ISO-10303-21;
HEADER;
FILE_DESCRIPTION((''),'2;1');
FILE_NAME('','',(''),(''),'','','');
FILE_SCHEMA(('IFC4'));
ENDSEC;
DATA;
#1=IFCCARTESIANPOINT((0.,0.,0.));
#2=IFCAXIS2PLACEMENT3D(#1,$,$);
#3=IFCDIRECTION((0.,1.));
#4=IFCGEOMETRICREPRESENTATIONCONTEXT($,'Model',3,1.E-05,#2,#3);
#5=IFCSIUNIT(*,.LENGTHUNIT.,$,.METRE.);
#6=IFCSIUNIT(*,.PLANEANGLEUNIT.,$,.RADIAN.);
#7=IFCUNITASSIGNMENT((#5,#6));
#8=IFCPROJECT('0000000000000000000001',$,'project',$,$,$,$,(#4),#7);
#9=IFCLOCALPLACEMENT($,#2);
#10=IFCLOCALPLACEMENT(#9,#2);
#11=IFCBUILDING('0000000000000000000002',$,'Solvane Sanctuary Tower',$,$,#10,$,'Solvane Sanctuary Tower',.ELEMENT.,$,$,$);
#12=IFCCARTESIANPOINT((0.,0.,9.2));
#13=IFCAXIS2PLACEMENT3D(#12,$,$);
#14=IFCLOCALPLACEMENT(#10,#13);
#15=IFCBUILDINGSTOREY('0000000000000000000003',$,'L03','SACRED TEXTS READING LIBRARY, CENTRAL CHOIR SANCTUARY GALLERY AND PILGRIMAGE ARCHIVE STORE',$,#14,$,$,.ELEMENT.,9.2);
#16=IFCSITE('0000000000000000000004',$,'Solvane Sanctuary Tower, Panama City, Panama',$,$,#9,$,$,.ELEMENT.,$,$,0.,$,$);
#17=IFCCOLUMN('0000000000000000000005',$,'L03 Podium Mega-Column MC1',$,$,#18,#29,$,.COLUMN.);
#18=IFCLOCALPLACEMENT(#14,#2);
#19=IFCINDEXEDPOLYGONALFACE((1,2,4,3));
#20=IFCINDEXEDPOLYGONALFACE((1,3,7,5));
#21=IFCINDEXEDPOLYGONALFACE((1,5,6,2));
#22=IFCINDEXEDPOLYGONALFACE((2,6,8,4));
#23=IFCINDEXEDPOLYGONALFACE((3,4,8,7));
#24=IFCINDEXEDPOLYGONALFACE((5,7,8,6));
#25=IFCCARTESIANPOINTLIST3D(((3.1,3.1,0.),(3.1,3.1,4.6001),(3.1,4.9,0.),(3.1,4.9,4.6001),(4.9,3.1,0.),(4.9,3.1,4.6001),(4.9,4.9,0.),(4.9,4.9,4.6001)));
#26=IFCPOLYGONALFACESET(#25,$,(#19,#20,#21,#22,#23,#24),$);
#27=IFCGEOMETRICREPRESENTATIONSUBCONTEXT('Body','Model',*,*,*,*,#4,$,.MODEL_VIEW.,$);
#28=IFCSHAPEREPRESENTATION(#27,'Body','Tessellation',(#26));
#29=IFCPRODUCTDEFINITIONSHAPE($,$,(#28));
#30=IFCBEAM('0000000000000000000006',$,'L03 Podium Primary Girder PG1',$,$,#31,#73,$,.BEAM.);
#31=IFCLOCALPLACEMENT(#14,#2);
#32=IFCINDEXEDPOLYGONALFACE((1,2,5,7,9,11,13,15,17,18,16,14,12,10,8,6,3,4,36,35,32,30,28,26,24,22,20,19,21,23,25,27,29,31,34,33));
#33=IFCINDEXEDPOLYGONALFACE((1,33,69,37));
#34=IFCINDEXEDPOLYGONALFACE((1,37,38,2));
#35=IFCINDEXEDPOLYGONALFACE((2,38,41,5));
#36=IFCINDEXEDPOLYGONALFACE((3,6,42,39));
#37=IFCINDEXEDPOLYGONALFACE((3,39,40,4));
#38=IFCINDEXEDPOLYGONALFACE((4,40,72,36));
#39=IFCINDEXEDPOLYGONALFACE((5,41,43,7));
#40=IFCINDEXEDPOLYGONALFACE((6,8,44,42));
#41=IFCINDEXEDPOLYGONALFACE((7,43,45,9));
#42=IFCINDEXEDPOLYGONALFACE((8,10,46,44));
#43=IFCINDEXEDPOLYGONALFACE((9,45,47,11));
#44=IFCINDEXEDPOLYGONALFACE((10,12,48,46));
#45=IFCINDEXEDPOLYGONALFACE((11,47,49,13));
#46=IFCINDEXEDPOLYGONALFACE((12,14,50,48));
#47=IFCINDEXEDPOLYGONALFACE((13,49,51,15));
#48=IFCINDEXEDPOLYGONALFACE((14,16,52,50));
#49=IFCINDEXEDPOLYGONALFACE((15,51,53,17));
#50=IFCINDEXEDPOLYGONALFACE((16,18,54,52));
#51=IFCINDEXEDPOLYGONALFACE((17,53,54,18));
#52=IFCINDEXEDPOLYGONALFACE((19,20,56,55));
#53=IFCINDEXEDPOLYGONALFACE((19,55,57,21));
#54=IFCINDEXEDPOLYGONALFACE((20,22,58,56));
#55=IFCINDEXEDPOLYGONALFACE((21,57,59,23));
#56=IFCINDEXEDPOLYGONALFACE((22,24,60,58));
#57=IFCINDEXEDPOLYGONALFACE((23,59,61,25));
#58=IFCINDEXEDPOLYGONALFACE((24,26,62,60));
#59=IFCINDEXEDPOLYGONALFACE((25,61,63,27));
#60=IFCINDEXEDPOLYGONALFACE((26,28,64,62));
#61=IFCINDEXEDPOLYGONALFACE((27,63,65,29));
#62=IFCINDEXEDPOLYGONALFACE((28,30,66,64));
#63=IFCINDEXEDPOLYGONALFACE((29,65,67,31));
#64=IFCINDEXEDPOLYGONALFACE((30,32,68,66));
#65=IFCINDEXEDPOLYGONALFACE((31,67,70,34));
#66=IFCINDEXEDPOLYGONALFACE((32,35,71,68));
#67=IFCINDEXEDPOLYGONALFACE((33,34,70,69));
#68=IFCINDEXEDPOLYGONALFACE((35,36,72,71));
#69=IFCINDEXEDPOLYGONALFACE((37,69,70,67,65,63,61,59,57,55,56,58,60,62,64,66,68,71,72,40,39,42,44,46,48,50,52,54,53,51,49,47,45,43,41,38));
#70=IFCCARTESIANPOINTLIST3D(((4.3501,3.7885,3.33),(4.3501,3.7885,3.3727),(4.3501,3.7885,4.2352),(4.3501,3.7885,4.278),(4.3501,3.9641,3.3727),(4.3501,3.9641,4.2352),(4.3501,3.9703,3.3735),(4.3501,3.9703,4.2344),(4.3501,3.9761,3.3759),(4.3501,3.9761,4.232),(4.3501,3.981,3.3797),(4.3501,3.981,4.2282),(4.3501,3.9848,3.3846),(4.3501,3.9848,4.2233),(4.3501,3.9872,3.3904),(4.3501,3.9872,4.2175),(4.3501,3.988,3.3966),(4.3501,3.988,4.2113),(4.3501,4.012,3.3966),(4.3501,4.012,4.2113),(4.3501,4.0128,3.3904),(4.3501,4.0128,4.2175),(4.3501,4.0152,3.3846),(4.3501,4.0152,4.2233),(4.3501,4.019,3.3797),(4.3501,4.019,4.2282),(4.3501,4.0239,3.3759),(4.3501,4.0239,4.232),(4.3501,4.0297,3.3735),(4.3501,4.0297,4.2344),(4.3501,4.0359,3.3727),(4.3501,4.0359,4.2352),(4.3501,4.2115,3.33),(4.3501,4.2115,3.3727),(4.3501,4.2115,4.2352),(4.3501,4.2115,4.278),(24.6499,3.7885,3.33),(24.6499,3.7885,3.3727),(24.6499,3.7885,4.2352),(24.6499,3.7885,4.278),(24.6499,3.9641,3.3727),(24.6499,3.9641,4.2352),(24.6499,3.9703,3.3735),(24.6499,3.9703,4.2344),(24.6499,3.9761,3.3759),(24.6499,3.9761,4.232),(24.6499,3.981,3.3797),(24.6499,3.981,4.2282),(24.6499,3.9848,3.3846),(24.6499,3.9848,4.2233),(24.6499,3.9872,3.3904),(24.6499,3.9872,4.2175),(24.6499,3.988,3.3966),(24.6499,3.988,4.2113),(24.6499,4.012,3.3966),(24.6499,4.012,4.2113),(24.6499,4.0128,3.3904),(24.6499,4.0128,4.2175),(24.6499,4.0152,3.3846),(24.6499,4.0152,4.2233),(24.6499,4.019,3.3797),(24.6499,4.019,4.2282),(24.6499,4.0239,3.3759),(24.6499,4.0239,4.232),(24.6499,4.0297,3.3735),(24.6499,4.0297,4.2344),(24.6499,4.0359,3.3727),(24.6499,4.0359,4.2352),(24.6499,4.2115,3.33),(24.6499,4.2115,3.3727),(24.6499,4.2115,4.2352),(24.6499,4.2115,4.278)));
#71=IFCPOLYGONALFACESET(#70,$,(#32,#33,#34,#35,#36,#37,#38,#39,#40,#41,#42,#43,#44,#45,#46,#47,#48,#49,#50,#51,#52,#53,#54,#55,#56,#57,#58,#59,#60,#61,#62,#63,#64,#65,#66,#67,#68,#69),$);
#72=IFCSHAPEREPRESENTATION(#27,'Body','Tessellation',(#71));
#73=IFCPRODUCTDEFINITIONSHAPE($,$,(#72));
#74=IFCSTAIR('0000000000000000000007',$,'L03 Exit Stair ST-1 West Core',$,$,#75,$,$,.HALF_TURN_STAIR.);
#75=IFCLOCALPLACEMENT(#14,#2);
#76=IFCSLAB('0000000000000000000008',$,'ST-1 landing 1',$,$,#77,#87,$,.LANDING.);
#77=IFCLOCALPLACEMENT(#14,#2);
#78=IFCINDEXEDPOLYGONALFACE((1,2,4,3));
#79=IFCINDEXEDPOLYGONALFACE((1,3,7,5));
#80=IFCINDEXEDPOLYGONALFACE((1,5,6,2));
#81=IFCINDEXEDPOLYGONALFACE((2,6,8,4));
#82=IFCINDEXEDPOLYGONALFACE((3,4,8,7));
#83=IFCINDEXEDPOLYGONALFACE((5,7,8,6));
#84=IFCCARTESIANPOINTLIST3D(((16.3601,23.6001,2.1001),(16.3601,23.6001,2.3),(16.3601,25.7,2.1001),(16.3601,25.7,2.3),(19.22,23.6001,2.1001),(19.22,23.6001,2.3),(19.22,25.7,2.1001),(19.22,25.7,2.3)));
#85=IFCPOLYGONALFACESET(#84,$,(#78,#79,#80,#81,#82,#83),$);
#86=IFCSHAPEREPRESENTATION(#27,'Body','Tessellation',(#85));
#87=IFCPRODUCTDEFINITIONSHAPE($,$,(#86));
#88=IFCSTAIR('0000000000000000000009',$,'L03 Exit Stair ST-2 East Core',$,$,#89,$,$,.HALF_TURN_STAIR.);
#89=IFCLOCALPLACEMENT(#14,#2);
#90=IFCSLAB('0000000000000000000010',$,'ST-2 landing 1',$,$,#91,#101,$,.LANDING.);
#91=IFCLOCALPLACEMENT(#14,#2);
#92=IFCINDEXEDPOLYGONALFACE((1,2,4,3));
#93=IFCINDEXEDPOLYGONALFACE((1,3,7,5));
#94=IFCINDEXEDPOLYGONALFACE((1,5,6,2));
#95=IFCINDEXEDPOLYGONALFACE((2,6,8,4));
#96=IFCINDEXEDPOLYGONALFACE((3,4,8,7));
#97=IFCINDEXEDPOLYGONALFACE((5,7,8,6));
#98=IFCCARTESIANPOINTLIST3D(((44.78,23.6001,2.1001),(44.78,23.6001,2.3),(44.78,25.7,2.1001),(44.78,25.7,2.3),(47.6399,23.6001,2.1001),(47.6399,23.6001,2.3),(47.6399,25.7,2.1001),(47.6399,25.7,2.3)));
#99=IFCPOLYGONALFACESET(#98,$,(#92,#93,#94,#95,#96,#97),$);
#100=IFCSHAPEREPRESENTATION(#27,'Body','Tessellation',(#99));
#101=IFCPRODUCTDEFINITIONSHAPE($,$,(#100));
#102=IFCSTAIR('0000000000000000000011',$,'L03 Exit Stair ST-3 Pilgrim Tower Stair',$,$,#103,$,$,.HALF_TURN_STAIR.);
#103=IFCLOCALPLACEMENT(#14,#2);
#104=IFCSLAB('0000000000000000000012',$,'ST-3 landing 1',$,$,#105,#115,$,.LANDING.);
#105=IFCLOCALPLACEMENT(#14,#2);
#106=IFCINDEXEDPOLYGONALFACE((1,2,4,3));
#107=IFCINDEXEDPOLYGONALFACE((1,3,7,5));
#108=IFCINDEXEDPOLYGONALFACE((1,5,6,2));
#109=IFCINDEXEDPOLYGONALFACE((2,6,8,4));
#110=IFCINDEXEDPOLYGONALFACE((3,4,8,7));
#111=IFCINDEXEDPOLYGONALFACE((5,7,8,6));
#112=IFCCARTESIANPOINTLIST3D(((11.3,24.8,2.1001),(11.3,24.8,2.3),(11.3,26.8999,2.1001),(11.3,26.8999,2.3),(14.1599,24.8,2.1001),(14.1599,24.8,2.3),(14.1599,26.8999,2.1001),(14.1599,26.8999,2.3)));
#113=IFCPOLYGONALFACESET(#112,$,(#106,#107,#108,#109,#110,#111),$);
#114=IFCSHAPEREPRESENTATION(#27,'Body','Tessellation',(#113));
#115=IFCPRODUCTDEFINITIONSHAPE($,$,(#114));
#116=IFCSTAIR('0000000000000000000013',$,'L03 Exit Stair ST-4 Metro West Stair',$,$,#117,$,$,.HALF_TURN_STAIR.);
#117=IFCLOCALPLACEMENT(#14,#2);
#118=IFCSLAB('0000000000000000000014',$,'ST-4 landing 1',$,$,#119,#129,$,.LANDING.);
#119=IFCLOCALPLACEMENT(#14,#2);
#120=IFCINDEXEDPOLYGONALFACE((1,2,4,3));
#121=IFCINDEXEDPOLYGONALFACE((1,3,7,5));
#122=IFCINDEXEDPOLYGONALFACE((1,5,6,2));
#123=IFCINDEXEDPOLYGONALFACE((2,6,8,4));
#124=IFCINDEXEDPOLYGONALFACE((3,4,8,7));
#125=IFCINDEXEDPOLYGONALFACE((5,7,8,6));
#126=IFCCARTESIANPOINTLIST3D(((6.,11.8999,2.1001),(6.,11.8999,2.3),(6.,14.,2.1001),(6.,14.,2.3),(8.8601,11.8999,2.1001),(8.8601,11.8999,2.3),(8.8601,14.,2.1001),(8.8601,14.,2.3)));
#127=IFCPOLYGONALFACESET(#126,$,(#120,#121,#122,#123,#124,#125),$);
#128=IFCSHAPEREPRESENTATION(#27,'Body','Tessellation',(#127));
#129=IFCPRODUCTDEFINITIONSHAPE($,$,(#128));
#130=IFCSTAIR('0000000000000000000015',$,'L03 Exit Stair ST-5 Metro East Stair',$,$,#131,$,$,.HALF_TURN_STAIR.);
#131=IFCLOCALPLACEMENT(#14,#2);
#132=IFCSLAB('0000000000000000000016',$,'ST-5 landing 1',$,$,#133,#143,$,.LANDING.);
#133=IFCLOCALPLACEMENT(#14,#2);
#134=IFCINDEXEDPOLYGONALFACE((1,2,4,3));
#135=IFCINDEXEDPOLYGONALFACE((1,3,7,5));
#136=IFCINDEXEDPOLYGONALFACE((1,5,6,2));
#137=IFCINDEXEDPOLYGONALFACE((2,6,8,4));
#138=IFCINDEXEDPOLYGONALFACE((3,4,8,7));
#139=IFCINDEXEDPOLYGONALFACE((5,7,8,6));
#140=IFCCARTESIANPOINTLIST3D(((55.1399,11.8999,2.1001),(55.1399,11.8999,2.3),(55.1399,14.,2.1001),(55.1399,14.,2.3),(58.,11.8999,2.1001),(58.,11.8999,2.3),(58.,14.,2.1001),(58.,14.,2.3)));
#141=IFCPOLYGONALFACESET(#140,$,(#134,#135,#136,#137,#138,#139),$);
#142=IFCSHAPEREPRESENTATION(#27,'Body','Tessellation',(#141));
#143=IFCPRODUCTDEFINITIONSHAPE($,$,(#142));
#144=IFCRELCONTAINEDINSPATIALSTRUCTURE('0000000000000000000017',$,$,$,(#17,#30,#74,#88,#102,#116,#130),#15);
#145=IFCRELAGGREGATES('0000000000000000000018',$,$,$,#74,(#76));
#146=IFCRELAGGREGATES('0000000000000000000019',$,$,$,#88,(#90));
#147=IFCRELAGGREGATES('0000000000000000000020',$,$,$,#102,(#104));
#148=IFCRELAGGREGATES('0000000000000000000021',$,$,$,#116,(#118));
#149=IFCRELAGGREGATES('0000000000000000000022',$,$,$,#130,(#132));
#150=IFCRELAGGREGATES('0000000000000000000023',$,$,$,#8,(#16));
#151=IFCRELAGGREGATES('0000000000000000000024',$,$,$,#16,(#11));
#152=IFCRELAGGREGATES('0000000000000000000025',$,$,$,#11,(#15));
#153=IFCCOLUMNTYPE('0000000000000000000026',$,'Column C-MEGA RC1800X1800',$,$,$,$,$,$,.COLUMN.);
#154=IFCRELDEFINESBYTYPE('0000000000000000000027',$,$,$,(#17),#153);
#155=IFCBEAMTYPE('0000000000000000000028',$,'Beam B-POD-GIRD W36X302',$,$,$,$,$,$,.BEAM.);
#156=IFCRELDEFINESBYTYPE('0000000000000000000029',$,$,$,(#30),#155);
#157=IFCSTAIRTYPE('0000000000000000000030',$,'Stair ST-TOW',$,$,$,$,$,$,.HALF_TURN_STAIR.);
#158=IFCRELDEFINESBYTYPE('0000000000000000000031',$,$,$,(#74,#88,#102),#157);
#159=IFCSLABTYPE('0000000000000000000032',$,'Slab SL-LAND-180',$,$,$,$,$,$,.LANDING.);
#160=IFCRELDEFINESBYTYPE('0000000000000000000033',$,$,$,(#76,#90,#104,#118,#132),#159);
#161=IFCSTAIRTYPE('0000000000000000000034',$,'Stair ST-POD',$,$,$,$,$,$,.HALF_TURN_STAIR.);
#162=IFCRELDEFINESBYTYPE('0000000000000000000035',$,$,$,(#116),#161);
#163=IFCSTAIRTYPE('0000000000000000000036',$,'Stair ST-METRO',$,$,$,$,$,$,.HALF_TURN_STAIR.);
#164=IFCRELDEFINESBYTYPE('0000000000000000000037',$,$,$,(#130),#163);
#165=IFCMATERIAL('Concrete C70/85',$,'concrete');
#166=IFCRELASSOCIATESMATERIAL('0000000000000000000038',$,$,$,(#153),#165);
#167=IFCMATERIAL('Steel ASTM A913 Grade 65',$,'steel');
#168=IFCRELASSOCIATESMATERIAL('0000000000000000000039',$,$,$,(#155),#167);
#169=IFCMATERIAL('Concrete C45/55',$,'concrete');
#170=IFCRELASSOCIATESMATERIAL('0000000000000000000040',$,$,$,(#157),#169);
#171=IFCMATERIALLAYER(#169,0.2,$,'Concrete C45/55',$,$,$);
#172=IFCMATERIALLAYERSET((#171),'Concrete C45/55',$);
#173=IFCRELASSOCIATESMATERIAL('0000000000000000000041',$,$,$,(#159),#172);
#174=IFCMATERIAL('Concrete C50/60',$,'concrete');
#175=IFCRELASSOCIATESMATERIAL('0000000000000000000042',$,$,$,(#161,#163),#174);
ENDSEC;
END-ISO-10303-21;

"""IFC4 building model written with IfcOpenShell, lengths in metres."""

from ifc_helpers import new_model, si_unit, direction, frame, origin, origin_2d, place, context, subcontext, project, spatial, polyline, rectangle, i_section, outline, extrude, material, layer, layer_set, material_profile, profile_set, type_object, element, aggregate, save


model = new_model("IFC4")

# Units and contexts
model_context = context("Model", 3, precision=1e-05, world=origin(), true_north=direction((0.0, 1.0)))
body_context = subcontext(model_context, "Body", "Model", "MODEL_VIEW")
ifc_project = project(units=[si_unit("LENGTHUNIT", "METRE"), si_unit("PLANEANGLEUNIT", "RADIAN")], contexts=[model_context])

# Site, building, storey
site_placement = place(None, origin())
site = spatial("IfcSite", under=ifc_project, at=site_placement, Name="Solvane Sanctuary Tower, Panama City, Panama", CompositionType="ELEMENT", RefElevation=0.0)
building_placement = place(site_placement, origin())
building = spatial("IfcBuilding", under=site, at=building_placement, Name="Solvane Sanctuary Tower", LongName="Solvane Sanctuary Tower", CompositionType="ELEMENT")
storey_placement = place(building_placement, frame((0.0, 0.0, 9.2)))
storey = spatial("IfcBuildingStorey", under=building, at=storey_placement, Name="L03", Description="SACRED TEXTS READING LIBRARY, CENTRAL CHOIR SANCTUARY GALLERY AND PILGRIMAGE ARCHIVE STORE", CompositionType="ELEMENT", Elevation=9.2)

# Column
ifc_material_1 = material(Name="Concrete C70/85", Category="concrete")
ifc_material_profile_1 = material_profile(ifc_material_1, rectangle(XDim=1.8, YDim=1.8, at=origin_2d()), Name="RC1800X1800")
ifc_profile_set_1 = profile_set([ifc_material_profile_1], Name="Concrete C70/85")
column_type = type_object("IfcColumnType", Name="Column C-MEGA RC1800X1800", PredefinedType="COLUMN", material=ifc_profile_set_1)
column_placement = place(storey_placement, frame((4.0, 4.0, 0.0), z_axis=(0.0, 0.0, 1.0), x_axis=(1.0, 0.0, 0.0)))
element("IfcColumn", 1, at=column_placement, inside=storey, type_object=column_type, Name="L03 Podium Mega-Column MC1", PredefinedType="COLUMN", context=body_context, shape_type="SweptSolid", body=[
    extrude(rectangle(XDim=1.8, YDim=1.8, at=origin_2d()), origin(), (0.0, 0.0, 1.0), 4.6001),
])

# Beam
ifc_material_2 = material(Name="Steel ASTM A913 Grade 65", Category="steel")
ifc_material_profile_2 = material_profile(ifc_material_2, i_section(OverallWidth=0.4231, OverallDepth=0.948, WebThickness=0.0239, FlangeThickness=0.0427, FilletRadius=0.0239, at=origin_2d()), Name="W36X302")
ifc_profile_set_2 = profile_set([ifc_material_profile_2], Name="Steel ASTM A913 Grade 65")
beam_type = type_object("IfcBeamType", Name="Beam B-POD-GIRD W36X302", PredefinedType="BEAM", material=ifc_profile_set_2)
beam_placement = place(storey_placement, frame((4.3501, 4.0, 3.804), z_axis=(1.0, 0.0, 0.0), x_axis=(0.0, 1.0, 0.0)))
element("IfcBeam", 2, at=beam_placement, inside=storey, type_object=beam_type, Name="L03 Podium Primary Girder PG1", PredefinedType="BEAM", context=body_context, shape_type="SweptSolid", body=[
    extrude(i_section(OverallWidth=0.4231, OverallDepth=0.948, WebThickness=0.0239, FlangeThickness=0.0427, FilletRadius=0.0239, at=origin_2d()), origin(), (0.0, 0.0, 1.0), 20.2998),
])

# Stairs, slabs
ifc_material_3 = material(Name="Concrete C45/55", Category="concrete")
stair_type_1 = type_object("IfcStairType", Name="Stair ST-TOW", PredefinedType="HALF_TURN_STAIR", material=ifc_material_3)
stair_1_placement = place(storey_placement, origin())
stair_1 = element("IfcStair", 3, at=stair_1_placement, inside=storey, type_object=stair_type_1, Name="L03 Exit Stair ST-1 West Core", PredefinedType="HALF_TURN_STAIR")
ifc_layer_1 = layer(ifc_material_3, 0.2, Name="Concrete C45/55")
ifc_layer_set_1 = layer_set([ifc_layer_1], Name="Concrete C45/55")
slab_type_1 = type_object("IfcSlabType", Name="Slab SL-LAND-180", PredefinedType="LANDING", material=ifc_layer_set_1)
slab_1_placement = place(storey_placement, frame((0.0, 0.0, 2.1001)))
slab_1 = element("IfcSlab", 4, at=slab_1_placement, type_object=slab_type_1, Name="ST-1 landing 1", PredefinedType="LANDING", context=body_context, shape_type="SweptSolid", body=[
    extrude(outline(polyline([(19.22, 23.6001), (19.22, 25.7), (16.3601, 25.7), (16.3601, 23.6001), (19.22, 23.6001)])), origin(), (0.0, 0.0, 1.0), 0.2),
])
aggregate(stair_1, [slab_1])
stair_2_placement = place(storey_placement, origin())
stair_2 = element("IfcStair", 5, at=stair_2_placement, inside=storey, type_object=stair_type_1, Name="L03 Exit Stair ST-2 East Core", PredefinedType="HALF_TURN_STAIR")
slab_2_placement = place(storey_placement, frame((0.0, 0.0, 2.1001)))
slab_2 = element("IfcSlab", 6, at=slab_2_placement, type_object=slab_type_1, Name="ST-2 landing 1", PredefinedType="LANDING", context=body_context, shape_type="SweptSolid", body=[
    extrude(outline(polyline([(47.6399, 23.6001), (47.6399, 25.7), (44.78, 25.7), (44.78, 23.6001), (47.6399, 23.6001)])), origin(), (0.0, 0.0, 1.0), 0.2),
])
aggregate(stair_2, [slab_2])
stair_3_placement = place(storey_placement, origin())
stair_3 = element("IfcStair", 7, at=stair_3_placement, inside=storey, type_object=stair_type_1, Name="L03 Exit Stair ST-3 Pilgrim Tower Stair", PredefinedType="HALF_TURN_STAIR")
slab_3_placement = place(storey_placement, frame((0.0, 0.0, 2.1001)))
slab_3 = element("IfcSlab", 8, at=slab_3_placement, type_object=slab_type_1, Name="ST-3 landing 1", PredefinedType="LANDING", context=body_context, shape_type="SweptSolid", body=[
    extrude(outline(polyline([(14.1599, 24.8), (14.1599, 26.8999), (11.3, 26.8999), (11.3, 24.8), (14.1599, 24.8)])), origin(), (0.0, 0.0, 1.0), 0.2),
])
aggregate(stair_3, [slab_3])
ifc_material_4 = material(Name="Concrete C50/60", Category="concrete")
stair_type_2 = type_object("IfcStairType", Name="Stair ST-POD", PredefinedType="HALF_TURN_STAIR", material=ifc_material_4)
stair_4_placement = place(storey_placement, origin())
stair_4 = element("IfcStair", 9, at=stair_4_placement, inside=storey, type_object=stair_type_2, Name="L03 Exit Stair ST-4 Metro West Stair", PredefinedType="HALF_TURN_STAIR")
slab_4_placement = place(storey_placement, frame((0.0, 0.0, 2.1001)))
slab_4 = element("IfcSlab", 10, at=slab_4_placement, type_object=slab_type_1, Name="ST-4 landing 1", PredefinedType="LANDING", context=body_context, shape_type="SweptSolid", body=[
    extrude(outline(polyline([(8.8601, 11.8999), (8.8601, 14.0), (6.0, 14.0), (6.0, 11.8999), (8.8601, 11.8999)])), origin(), (0.0, 0.0, 1.0), 0.2),
])
aggregate(stair_4, [slab_4])
stair_type_3 = type_object("IfcStairType", Name="Stair ST-METRO", PredefinedType="HALF_TURN_STAIR", material=ifc_material_4)
stair_5_placement = place(storey_placement, origin())
stair_5 = element("IfcStair", 11, at=stair_5_placement, inside=storey, type_object=stair_type_3, Name="L03 Exit Stair ST-5 Metro East Stair", PredefinedType="HALF_TURN_STAIR")
slab_5_placement = place(storey_placement, frame((0.0, 0.0, 2.1001)))
slab_5 = element("IfcSlab", 12, at=slab_5_placement, type_object=slab_type_1, Name="ST-5 landing 1", PredefinedType="LANDING", context=body_context, shape_type="SweptSolid", body=[
    extrude(outline(polyline([(58.0, 11.8999), (58.0, 14.0), (55.1399, 14.0), (55.1399, 11.8999), (58.0, 11.8999)])), origin(), (0.0, 0.0, 1.0), 0.2),
])
aggregate(stair_5, [slab_5])

save(model, "model.ifc")
